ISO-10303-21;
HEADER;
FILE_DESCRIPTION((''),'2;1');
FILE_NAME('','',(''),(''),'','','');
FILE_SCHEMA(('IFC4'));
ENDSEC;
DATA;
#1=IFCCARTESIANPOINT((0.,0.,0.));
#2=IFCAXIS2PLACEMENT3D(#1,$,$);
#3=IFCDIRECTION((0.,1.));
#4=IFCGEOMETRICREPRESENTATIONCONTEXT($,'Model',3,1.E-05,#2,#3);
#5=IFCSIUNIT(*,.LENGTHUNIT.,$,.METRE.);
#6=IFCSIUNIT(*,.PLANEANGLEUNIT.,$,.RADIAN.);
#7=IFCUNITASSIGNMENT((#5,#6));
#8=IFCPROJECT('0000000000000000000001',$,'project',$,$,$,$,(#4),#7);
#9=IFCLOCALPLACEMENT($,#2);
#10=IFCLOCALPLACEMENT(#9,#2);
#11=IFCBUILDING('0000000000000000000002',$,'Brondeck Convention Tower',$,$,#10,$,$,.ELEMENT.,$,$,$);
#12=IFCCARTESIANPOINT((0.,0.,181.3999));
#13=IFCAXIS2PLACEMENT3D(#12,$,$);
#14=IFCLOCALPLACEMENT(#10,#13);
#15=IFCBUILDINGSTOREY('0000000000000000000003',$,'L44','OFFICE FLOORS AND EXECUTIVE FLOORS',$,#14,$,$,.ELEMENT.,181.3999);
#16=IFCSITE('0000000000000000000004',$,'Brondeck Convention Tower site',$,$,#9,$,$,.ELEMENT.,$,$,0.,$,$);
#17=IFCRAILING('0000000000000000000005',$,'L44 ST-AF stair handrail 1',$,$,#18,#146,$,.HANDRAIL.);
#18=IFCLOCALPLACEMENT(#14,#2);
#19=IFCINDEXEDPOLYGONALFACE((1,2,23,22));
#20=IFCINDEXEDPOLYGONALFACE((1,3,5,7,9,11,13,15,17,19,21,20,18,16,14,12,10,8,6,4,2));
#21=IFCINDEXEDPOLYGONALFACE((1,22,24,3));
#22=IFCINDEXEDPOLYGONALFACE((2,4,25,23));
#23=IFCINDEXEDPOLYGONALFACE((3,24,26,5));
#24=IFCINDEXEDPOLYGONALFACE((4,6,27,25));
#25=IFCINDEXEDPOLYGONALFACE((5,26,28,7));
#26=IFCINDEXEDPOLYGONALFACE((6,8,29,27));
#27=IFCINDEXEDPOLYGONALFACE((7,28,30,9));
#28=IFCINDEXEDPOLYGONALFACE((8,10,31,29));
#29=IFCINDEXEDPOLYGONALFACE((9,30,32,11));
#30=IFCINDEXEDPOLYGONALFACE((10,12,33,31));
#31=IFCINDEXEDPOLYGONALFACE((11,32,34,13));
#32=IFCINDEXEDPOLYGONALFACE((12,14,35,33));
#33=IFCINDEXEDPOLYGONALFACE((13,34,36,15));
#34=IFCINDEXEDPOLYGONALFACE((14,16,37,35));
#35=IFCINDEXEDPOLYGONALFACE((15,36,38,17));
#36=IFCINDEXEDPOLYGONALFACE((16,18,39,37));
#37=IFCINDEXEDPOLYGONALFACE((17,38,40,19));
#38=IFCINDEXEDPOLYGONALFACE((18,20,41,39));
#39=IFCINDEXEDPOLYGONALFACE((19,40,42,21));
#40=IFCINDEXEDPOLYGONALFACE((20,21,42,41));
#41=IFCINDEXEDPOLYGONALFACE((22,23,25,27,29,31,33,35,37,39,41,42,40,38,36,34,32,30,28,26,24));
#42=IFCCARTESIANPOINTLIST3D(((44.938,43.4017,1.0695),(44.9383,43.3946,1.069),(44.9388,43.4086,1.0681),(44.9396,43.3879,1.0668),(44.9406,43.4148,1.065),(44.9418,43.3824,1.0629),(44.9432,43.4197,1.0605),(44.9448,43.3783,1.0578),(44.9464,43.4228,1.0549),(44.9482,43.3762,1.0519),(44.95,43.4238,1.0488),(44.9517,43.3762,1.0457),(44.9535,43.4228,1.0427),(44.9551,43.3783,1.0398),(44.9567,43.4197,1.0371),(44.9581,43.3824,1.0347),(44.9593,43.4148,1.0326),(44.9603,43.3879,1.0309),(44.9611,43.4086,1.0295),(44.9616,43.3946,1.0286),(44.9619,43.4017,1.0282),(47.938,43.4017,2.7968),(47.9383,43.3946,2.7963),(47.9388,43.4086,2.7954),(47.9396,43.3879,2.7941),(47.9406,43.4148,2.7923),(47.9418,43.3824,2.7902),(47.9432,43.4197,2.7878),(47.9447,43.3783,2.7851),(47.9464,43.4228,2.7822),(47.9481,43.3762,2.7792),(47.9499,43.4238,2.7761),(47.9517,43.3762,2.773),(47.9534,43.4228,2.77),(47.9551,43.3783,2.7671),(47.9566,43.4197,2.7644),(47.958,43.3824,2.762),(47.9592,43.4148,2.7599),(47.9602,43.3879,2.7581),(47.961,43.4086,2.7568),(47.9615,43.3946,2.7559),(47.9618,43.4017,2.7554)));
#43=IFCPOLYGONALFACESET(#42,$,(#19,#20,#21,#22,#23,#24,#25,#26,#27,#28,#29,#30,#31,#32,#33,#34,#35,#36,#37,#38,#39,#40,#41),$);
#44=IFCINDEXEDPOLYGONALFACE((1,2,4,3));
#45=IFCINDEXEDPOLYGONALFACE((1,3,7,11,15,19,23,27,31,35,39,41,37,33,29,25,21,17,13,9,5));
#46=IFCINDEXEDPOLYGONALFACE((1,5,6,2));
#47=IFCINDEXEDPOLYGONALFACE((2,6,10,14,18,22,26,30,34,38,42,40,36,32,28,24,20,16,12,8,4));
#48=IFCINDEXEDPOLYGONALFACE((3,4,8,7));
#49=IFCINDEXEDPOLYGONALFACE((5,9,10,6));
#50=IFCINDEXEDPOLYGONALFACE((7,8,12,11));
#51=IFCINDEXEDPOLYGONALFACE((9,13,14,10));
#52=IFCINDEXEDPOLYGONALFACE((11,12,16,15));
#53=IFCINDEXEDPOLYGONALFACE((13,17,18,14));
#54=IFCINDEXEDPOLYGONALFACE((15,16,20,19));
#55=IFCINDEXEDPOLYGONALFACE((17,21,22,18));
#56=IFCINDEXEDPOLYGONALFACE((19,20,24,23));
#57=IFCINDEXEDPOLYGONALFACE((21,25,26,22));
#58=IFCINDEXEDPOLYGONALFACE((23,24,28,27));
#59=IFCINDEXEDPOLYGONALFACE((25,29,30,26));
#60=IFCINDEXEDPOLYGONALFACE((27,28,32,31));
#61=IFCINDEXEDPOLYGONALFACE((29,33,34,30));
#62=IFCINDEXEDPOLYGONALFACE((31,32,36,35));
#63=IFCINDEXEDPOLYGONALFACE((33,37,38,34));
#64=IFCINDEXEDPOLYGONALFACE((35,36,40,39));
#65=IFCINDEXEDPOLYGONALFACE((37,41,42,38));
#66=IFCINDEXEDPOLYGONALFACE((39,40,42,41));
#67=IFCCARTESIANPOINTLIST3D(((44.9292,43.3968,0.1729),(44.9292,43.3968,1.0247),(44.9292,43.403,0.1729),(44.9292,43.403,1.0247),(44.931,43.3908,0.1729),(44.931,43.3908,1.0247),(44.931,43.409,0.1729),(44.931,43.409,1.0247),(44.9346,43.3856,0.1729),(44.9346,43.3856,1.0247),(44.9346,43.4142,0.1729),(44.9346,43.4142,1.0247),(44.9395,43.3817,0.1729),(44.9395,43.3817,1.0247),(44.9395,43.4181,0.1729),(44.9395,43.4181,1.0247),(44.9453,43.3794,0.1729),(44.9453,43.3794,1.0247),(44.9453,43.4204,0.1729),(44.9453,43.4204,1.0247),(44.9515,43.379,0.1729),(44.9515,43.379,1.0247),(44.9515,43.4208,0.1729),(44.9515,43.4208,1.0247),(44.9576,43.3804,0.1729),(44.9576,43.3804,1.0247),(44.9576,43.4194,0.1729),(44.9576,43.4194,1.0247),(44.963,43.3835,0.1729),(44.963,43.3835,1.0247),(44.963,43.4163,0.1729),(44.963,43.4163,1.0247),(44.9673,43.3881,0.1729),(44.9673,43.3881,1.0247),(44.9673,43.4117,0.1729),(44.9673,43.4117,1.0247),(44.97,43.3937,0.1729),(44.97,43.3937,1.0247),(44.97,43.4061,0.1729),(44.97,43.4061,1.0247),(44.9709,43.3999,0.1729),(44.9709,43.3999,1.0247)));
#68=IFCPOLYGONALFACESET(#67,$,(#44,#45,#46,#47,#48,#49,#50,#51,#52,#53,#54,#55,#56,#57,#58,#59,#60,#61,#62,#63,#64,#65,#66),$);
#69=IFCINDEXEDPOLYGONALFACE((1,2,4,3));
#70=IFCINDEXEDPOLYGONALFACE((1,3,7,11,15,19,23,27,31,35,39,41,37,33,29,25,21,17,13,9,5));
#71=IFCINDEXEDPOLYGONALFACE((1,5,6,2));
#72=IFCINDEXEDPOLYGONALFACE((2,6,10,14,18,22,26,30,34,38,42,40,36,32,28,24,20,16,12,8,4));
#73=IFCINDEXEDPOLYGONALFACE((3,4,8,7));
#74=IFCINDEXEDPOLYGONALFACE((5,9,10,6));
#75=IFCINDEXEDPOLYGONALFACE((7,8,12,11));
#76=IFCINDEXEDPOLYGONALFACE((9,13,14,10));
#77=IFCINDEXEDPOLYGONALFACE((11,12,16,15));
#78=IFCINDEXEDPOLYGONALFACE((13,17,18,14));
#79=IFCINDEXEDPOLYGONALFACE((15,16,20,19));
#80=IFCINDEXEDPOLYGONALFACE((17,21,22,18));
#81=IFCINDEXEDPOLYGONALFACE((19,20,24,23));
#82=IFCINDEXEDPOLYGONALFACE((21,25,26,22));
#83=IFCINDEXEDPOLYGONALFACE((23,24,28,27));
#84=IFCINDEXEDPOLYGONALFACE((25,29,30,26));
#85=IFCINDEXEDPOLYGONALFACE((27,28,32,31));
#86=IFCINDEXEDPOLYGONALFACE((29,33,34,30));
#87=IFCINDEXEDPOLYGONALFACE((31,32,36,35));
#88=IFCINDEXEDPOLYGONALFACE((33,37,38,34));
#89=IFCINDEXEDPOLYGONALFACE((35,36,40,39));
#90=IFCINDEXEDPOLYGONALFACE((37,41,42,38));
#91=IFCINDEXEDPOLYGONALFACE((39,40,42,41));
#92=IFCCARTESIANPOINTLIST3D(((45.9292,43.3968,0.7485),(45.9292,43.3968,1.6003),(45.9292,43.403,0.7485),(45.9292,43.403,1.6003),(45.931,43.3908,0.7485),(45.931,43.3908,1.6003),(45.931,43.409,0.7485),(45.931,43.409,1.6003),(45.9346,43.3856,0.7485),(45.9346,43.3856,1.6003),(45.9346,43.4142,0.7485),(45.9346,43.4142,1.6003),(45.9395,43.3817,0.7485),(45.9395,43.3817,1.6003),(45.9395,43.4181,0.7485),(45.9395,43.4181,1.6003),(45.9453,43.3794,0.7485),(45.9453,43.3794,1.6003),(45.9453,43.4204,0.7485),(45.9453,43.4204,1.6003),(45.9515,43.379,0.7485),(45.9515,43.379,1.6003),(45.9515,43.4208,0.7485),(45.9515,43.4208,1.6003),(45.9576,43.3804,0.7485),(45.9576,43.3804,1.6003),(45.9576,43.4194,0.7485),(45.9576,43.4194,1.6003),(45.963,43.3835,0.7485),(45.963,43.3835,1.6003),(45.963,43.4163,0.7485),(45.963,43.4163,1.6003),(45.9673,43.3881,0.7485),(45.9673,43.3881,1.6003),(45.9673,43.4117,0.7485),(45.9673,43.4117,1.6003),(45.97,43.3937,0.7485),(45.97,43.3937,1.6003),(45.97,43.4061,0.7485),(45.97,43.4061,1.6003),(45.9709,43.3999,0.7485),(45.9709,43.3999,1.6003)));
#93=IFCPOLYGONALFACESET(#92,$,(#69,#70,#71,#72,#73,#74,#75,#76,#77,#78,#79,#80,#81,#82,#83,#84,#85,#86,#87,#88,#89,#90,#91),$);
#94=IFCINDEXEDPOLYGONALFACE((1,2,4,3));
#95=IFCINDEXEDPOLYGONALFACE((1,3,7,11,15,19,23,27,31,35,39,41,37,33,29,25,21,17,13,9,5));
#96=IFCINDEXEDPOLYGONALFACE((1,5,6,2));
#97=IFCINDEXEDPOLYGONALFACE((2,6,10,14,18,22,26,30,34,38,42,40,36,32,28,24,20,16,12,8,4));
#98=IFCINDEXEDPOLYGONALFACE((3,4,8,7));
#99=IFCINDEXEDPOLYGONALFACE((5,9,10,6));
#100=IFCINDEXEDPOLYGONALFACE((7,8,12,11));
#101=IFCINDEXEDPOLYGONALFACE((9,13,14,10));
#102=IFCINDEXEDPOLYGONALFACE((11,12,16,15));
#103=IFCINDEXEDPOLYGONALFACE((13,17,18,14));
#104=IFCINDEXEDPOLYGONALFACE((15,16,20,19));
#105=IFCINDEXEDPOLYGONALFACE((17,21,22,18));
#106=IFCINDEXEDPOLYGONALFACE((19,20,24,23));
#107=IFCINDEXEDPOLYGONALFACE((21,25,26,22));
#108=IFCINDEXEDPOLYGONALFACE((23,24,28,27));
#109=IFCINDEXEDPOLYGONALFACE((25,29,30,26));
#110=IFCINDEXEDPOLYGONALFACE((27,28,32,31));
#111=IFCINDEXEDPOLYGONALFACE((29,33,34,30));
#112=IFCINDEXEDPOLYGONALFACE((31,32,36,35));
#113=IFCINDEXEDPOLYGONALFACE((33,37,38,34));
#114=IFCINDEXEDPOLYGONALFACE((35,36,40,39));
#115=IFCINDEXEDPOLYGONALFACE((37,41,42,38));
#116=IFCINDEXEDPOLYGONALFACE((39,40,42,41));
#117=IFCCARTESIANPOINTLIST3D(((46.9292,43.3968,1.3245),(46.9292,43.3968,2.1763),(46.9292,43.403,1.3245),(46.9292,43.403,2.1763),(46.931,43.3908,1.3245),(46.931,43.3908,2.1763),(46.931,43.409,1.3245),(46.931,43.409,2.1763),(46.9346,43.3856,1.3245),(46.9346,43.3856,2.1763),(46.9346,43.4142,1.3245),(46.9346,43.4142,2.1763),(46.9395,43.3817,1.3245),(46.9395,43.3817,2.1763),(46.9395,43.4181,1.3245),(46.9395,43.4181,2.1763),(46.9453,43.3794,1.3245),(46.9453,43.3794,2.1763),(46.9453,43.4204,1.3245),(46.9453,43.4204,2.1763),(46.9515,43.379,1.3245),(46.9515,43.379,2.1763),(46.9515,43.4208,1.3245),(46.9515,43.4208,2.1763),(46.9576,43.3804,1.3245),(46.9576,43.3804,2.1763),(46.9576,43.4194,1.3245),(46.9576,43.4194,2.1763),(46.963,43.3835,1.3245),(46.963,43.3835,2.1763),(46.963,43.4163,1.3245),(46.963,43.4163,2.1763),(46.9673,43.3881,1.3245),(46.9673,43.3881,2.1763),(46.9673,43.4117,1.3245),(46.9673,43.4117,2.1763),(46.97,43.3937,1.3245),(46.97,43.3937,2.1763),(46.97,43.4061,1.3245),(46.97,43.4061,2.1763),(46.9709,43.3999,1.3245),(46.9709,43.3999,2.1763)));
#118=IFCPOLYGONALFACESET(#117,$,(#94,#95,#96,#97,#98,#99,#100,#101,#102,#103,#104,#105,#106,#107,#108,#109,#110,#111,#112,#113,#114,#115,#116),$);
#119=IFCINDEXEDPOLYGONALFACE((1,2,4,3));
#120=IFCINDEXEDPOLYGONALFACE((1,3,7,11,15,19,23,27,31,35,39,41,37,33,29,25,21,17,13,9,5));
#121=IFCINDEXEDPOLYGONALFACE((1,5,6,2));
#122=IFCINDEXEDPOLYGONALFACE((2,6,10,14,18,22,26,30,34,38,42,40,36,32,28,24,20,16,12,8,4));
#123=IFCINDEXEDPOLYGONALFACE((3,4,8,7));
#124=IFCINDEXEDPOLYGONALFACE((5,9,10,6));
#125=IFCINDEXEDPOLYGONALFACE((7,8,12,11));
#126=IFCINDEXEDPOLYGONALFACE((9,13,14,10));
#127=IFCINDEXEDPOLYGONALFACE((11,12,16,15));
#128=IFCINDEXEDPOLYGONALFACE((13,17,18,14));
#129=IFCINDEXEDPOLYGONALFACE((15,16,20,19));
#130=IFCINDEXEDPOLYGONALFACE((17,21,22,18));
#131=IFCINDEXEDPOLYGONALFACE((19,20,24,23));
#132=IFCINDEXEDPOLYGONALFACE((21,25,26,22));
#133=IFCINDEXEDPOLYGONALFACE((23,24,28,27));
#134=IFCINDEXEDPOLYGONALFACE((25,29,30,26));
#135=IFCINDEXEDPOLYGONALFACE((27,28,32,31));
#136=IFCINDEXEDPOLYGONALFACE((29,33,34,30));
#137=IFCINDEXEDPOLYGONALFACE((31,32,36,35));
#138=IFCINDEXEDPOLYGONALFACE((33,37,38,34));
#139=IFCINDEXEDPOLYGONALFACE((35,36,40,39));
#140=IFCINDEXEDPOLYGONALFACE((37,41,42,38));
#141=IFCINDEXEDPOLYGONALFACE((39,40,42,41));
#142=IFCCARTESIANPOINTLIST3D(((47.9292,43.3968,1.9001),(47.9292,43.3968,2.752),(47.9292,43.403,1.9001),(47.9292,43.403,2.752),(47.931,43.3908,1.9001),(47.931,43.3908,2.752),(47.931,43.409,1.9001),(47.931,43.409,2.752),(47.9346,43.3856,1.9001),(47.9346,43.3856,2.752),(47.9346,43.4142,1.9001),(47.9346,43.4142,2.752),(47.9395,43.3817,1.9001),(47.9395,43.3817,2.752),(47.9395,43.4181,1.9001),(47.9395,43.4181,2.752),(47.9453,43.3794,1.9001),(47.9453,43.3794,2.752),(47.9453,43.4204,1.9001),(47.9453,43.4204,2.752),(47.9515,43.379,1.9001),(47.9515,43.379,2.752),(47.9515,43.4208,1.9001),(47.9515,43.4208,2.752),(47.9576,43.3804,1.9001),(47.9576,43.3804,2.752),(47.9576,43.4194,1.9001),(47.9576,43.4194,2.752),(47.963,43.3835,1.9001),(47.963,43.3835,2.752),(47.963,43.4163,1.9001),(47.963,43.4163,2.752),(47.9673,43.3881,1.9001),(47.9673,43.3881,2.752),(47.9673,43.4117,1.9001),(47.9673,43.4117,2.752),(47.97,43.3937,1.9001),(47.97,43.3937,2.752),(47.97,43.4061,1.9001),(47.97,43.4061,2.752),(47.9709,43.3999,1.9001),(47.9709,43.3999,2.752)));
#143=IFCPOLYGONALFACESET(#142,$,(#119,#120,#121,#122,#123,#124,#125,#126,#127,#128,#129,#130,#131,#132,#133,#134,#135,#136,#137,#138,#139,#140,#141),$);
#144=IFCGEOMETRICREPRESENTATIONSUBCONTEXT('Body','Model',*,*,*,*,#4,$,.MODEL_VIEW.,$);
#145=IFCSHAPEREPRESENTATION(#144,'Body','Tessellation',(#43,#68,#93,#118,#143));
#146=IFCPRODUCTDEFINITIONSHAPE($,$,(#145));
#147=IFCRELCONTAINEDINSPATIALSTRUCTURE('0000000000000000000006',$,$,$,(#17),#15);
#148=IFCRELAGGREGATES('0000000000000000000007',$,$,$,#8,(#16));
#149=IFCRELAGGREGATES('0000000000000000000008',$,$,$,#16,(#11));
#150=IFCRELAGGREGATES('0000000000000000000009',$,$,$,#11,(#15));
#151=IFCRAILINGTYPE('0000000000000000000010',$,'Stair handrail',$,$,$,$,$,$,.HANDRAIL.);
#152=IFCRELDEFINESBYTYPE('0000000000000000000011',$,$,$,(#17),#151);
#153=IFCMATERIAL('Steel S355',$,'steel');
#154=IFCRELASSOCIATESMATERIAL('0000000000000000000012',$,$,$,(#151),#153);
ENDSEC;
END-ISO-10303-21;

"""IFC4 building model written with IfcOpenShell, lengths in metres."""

from ifc_helpers import new_model, si_unit, direction, frame, origin, origin_2d, place, context, subcontext, project, spatial, circle, extrude, material, type_object, element, save


model = new_model("IFC4")

# Units and contexts
model_context = context("Model", 3, precision=1e-05, world=origin(), true_north=direction((0.0, 1.0)))
body_context = subcontext(model_context, "Body", "Model", "MODEL_VIEW")
ifc_project = project(units=[si_unit("LENGTHUNIT", "METRE"), si_unit("PLANEANGLEUNIT", "RADIAN")], contexts=[model_context])

# Site, building, storey
site_placement = place(None, origin())
site = spatial("IfcSite", under=ifc_project, at=site_placement, Name="Brondeck Convention Tower site", CompositionType="ELEMENT", RefElevation=0.0)
building_placement = place(site_placement, origin())
building = spatial("IfcBuilding", under=site, at=building_placement, Name="Brondeck Convention Tower", CompositionType="ELEMENT")
storey_placement = place(building_placement, frame((0.0, 0.0, 181.3999)))
storey = spatial("IfcBuildingStorey", under=building, at=storey_placement, Name="L44", Description="OFFICE FLOORS AND EXECUTIVE FLOORS", CompositionType="ELEMENT", Elevation=181.3999)

# Shared definitions
ifc_material_1 = material(Name="Steel S355", Category="steel")

# Railing
railing_type_1 = type_object("IfcRailingType", Name="Stair handrail", PredefinedType="HANDRAIL", material=ifc_material_1)
railing_1_placement = place(storey_placement, frame((44.95, 43.3999, 0.1729)))
element("IfcRailing", 1, at=railing_1_placement, inside=storey, type_object=railing_type_1, Name="L44 ST-AF stair handrail 1", PredefinedType="HANDRAIL", context=body_context, shape_type="SweptSolid", body=[
    extrude(circle(Radius=0.0239, at=origin_2d()), frame((0.0, 0.0, 0.876), z_axis=(0.86662, 0.0, 0.498969), x_axis=(0.0, 1.0, 0.0)), (0.0, 0.0, 1.0), 3.4617),
    extrude(circle(Radius=0.021, at=origin_2d()), origin(), (0.0, 0.0, 1.0), 0.8518),
    extrude(circle(Radius=0.021, at=origin_2d()), frame((1.0, 0.0, 0.5757)), (0.0, 0.0, 1.0), 0.8518),
    extrude(circle(Radius=0.021, at=origin_2d()), frame((2.0, 0.0, 1.1516)), (0.0, 0.0, 1.0), 0.8518),
    extrude(circle(Radius=0.021, at=origin_2d()), frame((3.0, 0.0, 1.7273)), (0.0, 0.0, 1.0), 0.8518),
])

save(model, "model.ifc")
